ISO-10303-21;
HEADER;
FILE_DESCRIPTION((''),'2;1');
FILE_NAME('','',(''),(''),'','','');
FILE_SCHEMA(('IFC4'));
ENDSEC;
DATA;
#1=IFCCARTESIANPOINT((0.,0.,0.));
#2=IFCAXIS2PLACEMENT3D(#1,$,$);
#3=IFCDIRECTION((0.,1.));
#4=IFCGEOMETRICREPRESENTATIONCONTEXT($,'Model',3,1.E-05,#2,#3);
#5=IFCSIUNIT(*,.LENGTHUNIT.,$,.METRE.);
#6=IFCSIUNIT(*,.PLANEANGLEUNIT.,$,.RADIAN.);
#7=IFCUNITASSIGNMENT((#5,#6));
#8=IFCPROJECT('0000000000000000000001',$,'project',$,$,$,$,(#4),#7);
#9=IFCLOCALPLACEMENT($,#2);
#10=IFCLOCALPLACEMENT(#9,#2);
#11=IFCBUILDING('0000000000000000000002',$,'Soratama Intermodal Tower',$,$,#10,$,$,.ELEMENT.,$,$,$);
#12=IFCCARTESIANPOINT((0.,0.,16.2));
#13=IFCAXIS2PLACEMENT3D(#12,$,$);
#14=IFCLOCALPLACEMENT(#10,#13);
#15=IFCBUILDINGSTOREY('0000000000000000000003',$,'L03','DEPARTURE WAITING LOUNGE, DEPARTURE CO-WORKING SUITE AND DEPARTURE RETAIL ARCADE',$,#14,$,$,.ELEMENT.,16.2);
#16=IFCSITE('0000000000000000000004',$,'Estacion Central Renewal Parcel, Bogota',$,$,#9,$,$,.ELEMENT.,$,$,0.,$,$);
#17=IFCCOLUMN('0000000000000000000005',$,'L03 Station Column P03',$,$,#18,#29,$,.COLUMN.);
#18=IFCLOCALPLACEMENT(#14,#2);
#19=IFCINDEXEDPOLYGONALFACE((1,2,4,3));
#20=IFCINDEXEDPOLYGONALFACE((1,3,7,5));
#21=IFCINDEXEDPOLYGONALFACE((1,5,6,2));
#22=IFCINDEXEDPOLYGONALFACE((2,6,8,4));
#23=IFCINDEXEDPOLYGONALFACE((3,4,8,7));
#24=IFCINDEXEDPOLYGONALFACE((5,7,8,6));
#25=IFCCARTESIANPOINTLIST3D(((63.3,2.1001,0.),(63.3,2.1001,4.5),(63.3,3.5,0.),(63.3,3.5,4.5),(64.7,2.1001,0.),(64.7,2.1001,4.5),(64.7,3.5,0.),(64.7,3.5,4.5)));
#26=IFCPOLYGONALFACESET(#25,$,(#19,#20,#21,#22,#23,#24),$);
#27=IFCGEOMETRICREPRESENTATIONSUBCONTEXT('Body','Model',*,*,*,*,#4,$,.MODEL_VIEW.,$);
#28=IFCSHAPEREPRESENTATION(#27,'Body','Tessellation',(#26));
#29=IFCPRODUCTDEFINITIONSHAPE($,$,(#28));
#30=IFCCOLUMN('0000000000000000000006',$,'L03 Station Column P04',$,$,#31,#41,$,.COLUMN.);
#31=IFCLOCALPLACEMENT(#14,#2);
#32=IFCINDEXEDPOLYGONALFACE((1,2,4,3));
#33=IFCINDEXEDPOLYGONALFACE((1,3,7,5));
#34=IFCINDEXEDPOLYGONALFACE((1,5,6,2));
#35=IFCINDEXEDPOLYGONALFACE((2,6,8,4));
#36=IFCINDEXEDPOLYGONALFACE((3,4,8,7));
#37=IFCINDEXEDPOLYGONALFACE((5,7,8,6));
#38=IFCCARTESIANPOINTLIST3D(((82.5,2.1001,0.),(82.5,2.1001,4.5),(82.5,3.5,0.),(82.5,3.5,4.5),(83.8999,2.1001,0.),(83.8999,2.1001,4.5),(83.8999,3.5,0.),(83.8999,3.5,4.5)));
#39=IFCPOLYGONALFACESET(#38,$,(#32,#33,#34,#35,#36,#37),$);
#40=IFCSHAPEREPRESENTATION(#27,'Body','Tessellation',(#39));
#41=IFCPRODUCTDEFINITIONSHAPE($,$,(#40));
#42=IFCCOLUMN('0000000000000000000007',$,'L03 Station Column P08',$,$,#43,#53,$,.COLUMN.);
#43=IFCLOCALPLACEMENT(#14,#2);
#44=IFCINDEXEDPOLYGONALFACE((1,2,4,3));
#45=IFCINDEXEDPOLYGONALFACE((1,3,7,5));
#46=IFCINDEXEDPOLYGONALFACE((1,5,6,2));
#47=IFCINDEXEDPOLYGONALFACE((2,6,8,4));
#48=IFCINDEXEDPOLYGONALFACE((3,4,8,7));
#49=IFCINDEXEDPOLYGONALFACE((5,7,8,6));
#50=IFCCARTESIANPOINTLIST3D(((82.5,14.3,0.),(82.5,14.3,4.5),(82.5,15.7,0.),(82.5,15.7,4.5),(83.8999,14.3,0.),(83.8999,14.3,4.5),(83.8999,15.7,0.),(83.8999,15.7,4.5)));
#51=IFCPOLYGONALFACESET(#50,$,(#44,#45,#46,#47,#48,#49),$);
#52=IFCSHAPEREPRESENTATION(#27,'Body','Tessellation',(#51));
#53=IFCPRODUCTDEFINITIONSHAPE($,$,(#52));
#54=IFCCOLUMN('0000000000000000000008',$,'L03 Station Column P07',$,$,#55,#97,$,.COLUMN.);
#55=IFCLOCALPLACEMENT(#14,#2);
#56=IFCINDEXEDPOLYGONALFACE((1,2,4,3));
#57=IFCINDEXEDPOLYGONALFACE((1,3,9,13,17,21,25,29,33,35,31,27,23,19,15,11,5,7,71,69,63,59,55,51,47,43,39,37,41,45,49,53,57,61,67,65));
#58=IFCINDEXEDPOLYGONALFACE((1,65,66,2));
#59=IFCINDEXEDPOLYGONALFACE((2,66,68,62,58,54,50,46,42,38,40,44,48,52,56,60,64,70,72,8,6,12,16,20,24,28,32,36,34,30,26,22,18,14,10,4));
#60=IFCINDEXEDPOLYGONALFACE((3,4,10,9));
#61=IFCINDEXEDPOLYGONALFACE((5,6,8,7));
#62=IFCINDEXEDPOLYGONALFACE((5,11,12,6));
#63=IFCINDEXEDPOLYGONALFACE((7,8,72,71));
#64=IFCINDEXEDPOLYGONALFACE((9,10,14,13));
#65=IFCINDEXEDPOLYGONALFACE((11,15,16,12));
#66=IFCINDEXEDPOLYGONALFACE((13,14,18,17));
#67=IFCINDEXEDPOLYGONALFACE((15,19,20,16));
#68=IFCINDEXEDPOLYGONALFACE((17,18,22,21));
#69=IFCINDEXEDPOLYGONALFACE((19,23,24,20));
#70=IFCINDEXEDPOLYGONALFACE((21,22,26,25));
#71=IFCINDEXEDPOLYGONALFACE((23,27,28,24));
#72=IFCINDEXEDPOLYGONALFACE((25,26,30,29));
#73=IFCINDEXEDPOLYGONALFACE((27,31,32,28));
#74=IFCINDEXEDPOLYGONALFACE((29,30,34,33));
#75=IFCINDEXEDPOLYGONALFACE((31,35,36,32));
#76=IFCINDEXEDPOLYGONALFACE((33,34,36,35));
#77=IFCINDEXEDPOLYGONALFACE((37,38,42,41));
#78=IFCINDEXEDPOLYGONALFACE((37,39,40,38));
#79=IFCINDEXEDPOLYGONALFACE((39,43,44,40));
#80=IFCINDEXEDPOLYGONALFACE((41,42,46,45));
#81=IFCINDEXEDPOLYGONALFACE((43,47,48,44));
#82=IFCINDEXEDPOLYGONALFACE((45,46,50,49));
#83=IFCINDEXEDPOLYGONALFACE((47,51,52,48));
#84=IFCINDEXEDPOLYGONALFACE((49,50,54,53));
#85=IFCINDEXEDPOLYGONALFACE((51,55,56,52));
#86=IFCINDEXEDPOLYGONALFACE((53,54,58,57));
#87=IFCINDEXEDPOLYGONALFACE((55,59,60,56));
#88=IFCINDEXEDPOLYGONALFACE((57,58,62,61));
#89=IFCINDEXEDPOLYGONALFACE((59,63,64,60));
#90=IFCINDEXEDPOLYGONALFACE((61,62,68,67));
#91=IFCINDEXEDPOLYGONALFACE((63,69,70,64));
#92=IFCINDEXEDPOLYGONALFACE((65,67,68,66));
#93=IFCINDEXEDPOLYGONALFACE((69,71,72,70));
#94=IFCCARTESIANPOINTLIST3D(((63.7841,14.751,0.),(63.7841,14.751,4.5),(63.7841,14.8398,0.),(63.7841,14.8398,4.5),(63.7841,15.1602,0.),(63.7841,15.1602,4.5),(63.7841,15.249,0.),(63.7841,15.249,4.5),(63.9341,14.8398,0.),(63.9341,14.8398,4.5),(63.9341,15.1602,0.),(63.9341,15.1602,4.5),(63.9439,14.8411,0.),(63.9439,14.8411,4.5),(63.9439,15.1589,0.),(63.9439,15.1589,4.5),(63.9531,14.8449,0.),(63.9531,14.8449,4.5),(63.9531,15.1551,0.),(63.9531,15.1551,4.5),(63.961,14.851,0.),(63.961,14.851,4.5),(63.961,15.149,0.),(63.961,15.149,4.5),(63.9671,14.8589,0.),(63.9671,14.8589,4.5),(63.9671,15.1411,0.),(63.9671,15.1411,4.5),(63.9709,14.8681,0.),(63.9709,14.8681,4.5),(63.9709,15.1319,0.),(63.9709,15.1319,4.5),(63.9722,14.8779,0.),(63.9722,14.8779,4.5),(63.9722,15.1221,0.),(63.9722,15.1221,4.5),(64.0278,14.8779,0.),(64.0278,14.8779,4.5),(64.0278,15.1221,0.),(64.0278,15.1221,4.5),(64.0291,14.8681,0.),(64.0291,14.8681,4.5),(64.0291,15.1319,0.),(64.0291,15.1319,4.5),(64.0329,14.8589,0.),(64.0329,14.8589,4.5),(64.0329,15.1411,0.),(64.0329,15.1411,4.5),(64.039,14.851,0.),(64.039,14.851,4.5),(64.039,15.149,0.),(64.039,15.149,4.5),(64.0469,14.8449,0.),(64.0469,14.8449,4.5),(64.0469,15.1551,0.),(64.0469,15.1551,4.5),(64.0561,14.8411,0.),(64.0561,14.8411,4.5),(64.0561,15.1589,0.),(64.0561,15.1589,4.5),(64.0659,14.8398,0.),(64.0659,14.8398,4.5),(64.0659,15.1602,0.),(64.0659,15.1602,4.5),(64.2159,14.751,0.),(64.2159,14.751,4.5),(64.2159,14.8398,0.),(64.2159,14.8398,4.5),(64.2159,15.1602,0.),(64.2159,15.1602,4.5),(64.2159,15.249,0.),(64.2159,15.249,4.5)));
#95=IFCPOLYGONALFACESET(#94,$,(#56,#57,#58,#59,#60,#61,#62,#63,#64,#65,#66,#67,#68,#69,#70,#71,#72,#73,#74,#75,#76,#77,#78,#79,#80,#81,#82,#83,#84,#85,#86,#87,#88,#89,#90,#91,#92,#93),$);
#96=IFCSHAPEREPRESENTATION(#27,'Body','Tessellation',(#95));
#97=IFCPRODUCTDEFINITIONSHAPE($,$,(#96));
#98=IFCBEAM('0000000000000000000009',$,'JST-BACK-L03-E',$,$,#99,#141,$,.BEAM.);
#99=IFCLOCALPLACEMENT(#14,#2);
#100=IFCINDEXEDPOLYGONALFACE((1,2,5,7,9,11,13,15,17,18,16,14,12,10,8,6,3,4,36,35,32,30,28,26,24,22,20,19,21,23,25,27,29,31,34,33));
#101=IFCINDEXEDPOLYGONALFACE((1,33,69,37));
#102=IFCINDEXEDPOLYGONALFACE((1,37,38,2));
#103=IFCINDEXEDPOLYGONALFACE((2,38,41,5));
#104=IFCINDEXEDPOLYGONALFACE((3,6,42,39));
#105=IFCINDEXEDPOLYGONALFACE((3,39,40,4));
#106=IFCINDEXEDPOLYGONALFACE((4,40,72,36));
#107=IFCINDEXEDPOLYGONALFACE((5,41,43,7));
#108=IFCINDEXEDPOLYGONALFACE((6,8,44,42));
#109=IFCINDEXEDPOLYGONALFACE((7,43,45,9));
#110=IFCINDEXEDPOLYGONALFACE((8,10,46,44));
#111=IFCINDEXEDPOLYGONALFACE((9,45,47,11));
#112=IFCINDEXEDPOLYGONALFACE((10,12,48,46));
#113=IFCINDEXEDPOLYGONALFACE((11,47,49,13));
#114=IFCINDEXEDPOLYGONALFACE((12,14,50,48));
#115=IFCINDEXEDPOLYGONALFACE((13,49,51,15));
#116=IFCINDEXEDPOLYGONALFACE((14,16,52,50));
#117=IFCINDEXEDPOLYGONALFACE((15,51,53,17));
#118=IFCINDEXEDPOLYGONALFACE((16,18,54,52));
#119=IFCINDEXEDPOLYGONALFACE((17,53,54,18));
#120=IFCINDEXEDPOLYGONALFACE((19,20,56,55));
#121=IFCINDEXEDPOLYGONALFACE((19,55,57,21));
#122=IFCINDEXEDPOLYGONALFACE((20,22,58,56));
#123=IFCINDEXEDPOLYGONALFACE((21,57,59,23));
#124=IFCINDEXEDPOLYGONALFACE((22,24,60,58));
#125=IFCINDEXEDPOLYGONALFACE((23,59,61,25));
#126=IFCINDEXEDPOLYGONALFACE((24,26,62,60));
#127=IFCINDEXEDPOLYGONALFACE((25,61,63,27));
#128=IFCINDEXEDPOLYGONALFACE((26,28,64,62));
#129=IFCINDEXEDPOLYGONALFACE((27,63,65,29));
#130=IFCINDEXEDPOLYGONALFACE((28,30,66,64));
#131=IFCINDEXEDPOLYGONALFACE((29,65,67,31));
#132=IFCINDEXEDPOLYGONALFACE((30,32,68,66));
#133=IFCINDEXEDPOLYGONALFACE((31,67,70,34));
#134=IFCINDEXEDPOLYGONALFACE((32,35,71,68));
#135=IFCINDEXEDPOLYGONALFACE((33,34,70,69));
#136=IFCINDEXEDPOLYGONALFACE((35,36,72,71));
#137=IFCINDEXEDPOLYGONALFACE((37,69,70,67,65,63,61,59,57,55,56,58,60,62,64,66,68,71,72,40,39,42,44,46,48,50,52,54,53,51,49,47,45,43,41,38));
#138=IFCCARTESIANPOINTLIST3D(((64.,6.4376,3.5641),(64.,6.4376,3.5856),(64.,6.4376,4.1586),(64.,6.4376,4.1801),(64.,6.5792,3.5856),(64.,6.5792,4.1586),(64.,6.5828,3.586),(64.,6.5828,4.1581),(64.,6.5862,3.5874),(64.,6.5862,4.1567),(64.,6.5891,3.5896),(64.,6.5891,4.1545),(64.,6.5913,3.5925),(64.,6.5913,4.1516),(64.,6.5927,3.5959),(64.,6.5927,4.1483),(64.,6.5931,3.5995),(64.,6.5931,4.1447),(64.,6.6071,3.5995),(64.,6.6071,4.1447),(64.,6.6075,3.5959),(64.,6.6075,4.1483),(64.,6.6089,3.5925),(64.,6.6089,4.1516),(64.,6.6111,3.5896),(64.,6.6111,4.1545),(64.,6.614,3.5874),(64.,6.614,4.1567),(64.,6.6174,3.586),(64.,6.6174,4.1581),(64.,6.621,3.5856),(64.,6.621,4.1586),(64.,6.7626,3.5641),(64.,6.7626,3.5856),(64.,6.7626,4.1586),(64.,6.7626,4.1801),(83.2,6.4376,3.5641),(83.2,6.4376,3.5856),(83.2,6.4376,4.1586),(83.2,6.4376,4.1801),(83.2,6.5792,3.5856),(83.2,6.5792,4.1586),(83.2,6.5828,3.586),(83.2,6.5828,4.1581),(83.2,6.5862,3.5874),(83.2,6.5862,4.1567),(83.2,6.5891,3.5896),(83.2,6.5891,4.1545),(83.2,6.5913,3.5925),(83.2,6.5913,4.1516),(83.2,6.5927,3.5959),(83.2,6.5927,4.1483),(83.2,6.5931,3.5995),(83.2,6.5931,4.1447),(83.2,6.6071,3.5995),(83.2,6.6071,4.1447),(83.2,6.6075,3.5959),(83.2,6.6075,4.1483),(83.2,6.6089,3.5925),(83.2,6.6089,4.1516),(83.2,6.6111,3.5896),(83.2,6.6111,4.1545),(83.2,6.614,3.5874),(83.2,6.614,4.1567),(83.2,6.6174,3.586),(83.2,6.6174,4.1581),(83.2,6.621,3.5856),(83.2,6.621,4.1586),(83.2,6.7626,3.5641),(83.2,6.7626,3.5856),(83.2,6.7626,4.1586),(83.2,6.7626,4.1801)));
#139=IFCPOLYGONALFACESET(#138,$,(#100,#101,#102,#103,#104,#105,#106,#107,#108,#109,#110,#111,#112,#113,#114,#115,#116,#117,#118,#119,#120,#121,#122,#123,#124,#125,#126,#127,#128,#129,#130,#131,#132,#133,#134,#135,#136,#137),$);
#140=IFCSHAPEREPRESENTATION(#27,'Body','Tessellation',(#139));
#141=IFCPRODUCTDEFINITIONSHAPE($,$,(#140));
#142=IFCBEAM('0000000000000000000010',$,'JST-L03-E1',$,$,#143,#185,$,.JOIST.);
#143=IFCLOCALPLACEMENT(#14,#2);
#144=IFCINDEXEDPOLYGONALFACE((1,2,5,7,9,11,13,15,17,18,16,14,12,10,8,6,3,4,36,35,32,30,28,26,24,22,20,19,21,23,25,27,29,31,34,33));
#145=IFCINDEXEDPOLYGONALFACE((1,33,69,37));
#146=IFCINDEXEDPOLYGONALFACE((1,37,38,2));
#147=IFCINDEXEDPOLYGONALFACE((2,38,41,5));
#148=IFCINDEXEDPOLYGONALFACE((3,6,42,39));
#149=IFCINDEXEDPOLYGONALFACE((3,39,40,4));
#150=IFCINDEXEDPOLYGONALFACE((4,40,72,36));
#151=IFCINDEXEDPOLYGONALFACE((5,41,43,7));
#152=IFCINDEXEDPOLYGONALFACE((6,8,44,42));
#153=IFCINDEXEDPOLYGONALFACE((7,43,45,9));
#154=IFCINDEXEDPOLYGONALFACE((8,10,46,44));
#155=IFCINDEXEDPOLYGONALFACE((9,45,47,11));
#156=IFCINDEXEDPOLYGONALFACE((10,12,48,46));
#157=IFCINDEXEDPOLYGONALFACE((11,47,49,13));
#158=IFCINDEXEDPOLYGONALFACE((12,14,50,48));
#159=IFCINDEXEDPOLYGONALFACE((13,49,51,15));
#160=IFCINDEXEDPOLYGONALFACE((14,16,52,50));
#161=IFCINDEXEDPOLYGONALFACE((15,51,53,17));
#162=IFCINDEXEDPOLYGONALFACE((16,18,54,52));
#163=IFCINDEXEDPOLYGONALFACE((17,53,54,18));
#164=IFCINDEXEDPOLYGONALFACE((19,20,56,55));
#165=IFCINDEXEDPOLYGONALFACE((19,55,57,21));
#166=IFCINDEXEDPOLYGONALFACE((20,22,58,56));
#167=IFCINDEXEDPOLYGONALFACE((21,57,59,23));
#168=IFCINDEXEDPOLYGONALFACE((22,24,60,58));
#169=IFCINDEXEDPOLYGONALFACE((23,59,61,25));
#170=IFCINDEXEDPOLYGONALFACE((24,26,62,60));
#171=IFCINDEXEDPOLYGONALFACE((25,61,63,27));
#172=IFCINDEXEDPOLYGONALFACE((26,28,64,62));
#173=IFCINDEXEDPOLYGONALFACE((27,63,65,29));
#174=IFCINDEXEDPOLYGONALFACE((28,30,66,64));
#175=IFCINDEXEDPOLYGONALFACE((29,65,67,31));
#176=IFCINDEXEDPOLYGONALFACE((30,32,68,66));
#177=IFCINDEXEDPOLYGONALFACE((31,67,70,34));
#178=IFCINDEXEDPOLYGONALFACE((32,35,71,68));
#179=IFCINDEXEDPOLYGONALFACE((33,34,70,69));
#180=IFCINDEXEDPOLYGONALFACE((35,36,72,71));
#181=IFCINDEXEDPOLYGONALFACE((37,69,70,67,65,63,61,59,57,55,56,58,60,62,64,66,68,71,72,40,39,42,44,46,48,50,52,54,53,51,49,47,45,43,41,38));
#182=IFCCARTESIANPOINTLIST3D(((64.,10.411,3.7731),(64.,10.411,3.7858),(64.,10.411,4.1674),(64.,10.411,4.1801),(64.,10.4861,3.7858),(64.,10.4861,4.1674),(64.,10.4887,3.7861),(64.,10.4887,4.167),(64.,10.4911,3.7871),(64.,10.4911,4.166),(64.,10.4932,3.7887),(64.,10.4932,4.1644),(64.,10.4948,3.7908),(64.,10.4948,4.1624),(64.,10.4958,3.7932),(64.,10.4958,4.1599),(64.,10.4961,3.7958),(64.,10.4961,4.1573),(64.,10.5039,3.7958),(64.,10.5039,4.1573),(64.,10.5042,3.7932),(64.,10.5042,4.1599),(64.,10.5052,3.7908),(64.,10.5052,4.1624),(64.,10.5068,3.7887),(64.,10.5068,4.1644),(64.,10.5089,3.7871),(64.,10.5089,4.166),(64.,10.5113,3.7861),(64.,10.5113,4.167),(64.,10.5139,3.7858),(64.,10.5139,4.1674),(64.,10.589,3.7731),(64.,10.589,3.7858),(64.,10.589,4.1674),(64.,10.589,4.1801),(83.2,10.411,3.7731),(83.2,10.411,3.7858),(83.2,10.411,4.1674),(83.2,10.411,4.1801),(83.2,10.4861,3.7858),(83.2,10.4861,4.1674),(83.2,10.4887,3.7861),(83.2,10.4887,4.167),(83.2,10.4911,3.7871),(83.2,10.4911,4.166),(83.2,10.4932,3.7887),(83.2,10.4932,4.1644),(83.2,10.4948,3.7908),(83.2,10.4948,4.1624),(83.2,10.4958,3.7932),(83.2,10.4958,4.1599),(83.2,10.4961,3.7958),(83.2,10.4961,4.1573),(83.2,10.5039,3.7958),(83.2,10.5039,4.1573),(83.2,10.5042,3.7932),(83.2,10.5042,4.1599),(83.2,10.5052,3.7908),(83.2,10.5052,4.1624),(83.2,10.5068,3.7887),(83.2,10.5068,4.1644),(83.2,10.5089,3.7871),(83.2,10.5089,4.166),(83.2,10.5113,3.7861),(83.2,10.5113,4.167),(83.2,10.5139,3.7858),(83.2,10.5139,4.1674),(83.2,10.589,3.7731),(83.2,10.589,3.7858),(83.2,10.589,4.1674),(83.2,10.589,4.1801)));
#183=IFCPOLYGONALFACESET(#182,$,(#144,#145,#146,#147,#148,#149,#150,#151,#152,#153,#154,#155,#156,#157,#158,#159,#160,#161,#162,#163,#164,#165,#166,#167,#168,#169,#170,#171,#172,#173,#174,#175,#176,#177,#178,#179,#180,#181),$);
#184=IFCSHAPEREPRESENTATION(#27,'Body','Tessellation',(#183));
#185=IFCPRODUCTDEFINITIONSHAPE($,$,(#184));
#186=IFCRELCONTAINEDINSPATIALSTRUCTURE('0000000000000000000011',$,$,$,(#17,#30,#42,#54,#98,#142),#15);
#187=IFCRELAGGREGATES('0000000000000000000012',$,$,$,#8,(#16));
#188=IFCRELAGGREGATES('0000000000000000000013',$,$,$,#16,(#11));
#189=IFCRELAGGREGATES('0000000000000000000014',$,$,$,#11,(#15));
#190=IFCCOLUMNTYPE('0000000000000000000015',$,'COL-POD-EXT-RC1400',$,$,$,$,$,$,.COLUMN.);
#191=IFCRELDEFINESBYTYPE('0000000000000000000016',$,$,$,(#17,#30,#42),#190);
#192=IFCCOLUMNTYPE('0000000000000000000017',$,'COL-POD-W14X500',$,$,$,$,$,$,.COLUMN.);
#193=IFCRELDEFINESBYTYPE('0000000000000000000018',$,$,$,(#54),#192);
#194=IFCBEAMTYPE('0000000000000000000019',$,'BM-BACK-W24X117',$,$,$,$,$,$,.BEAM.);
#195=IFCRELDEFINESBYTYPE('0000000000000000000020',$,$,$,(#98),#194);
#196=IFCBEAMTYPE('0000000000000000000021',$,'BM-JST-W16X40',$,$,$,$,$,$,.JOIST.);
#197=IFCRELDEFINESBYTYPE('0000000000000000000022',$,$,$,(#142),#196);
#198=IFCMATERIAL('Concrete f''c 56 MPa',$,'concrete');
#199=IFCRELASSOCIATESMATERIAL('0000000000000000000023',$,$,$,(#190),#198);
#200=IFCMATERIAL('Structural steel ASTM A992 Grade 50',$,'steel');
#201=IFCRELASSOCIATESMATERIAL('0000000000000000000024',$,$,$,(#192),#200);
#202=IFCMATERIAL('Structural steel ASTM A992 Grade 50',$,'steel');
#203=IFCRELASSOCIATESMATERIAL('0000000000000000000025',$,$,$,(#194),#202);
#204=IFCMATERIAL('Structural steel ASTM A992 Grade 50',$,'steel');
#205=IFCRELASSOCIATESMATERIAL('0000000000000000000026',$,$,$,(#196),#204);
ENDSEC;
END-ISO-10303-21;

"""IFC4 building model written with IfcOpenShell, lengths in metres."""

from ifc_helpers import new_model, si_unit, direction, frame, origin, origin_2d, place, context, subcontext, project, spatial, rectangle, i_section, extrude, material, material_profile, profile_set, type_object, element, save


model = new_model("IFC4")

# Units and contexts
model_context = context("Model", 3, precision=1e-05, world=origin(), true_north=direction((0.0, 1.0)))
body_context = subcontext(model_context, "Body", "Model", "MODEL_VIEW")
ifc_project = project(units=[si_unit("LENGTHUNIT", "METRE"), si_unit("PLANEANGLEUNIT", "RADIAN")], contexts=[model_context])

# Site, building, storey
site_placement = place(None, origin())
site = spatial("IfcSite", under=ifc_project, at=site_placement, Name="Estacion Central Renewal Parcel, Bogota", CompositionType="ELEMENT", RefElevation=0.0)
building_placement = place(site_placement, origin())
building = spatial("IfcBuilding", under=site, at=building_placement, Name="Soratama Intermodal Tower", CompositionType="ELEMENT")
storey_placement = place(building_placement, frame((0.0, 0.0, 16.2)))
storey = spatial("IfcBuildingStorey", under=building, at=storey_placement, Name="L03", Description="DEPARTURE WAITING LOUNGE, DEPARTURE CO-WORKING SUITE AND DEPARTURE RETAIL ARCADE", CompositionType="ELEMENT", Elevation=16.2)

# Columns
ifc_material_1 = material(Name="Concrete f'c 56 MPa", Category="concrete")
ifc_material_profile_1 = material_profile(ifc_material_1, rectangle(XDim=1.3999, YDim=1.3999, at=origin_2d()), Name="RC1400X1400")
ifc_profile_set_1 = profile_set([ifc_material_profile_1], Name="Concrete f'c 56 MPa")
column_type_1 = type_object("IfcColumnType", Name="COL-POD-EXT-RC1400", PredefinedType="COLUMN", material=ifc_profile_set_1)
for number, where, z_axis, x_axis, name in (
    (1, (64.0, 2.8, 0.0), (0.0, 0.0, 1.0), (1.0, 0.0, 0.0), "L03 Station Column P03"),
    (2, (83.2, 2.8, 0.0), (0.0, 0.0, 1.0), (1.0, 0.0, 0.0), "L03 Station Column P04"),
    (3, (83.2, 15.0, 0.0), (0.0, 0.0, 1.0), (1.0, 0.0, 0.0), "L03 Station Column P08"),
):
    element("IfcColumn", number, at=place(storey_placement, frame(where, z_axis=z_axis, x_axis=x_axis)), inside=storey, type_object=column_type_1, Name=name, PredefinedType="COLUMN", context=body_context, shape_type="SweptSolid", body=[
        extrude(rectangle(XDim=1.3999, YDim=1.3999, at=origin_2d()), origin(), (0.0, 0.0, 1.0), 4.5),
    ])
ifc_material_2 = material(Name="Structural steel ASTM A992 Grade 50", Category="steel")
ifc_material_profile_2 = material_profile(ifc_material_2, i_section(OverallWidth=0.4319, OverallDepth=0.498, WebThickness=0.0557, FlangeThickness=0.0889, FilletRadius=0.0381, at=origin_2d()), Name="W14X500")
ifc_profile_set_2 = profile_set([ifc_material_profile_2], Name="Structural steel ASTM A992 Grade 50")
column_type_2 = type_object("IfcColumnType", Name="COL-POD-W14X500", PredefinedType="COLUMN", material=ifc_profile_set_2)
column_placement = place(storey_placement, frame((64.0, 15.0, 0.0), z_axis=(0.0, 0.0, 1.0), x_axis=(1.0, 0.0, 0.0)))
element("IfcColumn", 4, at=column_placement, inside=storey, type_object=column_type_2, Name="L03 Station Column P07", PredefinedType="COLUMN", context=body_context, shape_type="SweptSolid", body=[
    extrude(i_section(OverallWidth=0.4319, OverallDepth=0.498, WebThickness=0.0557, FlangeThickness=0.0889, FilletRadius=0.0381, at=origin_2d()), origin(), (0.0, 0.0, 1.0), 4.5),
])

# Beams
ifc_material_3 = material(Name="Structural steel ASTM A992 Grade 50", Category="steel")
ifc_material_profile_3 = material_profile(ifc_material_3, i_section(OverallWidth=0.325, OverallDepth=0.616, WebThickness=0.0139, FlangeThickness=0.0215, FilletRadius=0.0139, at=origin_2d()), Name="W24X117")
ifc_profile_set_3 = profile_set([ifc_material_profile_3], Name="Structural steel ASTM A992 Grade 50")
beam_type_1 = type_object("IfcBeamType", Name="BM-BACK-W24X117", PredefinedType="BEAM", material=ifc_profile_set_3)
beam_1_placement = place(storey_placement, frame((64.0, 6.6001, 3.8721), z_axis=(1.0, 0.0, 0.0), x_axis=(0.0, 1.0, 0.0)))
element("IfcBeam", 5, at=beam_1_placement, inside=storey, type_object=beam_type_1, Name="JST-BACK-L03-E", PredefinedType="BEAM", context=body_context, shape_type="SweptSolid", body=[
    extrude(i_section(OverallWidth=0.325, OverallDepth=0.616, WebThickness=0.0139, FlangeThickness=0.0215, FilletRadius=0.0139, at=origin_2d()), origin(), (0.0, 0.0, 1.0), 19.2),
])
ifc_material_4 = material(Name="Structural steel ASTM A992 Grade 50", Category="steel")
ifc_material_profile_4 = material_profile(ifc_material_4, i_section(OverallWidth=0.178, OverallDepth=0.407, WebThickness=0.0078, FlangeThickness=0.0127, FilletRadius=0.01, at=origin_2d()), Name="W16X40")
ifc_profile_set_4 = profile_set([ifc_material_profile_4], Name="Structural steel ASTM A992 Grade 50")
beam_type_2 = type_object("IfcBeamType", Name="BM-JST-W16X40", PredefinedType="JOIST", material=ifc_profile_set_4)
beam_2_placement = place(storey_placement, frame((64.0, 10.5, 3.9766), z_axis=(1.0, 0.0, 0.0), x_axis=(0.0, 1.0, 0.0)))
element("IfcBeam", 6, at=beam_2_placement, inside=storey, type_object=beam_type_2, Name="JST-L03-E1", PredefinedType="JOIST", context=body_context, shape_type="SweptSolid", body=[
    extrude(i_section(OverallWidth=0.178, OverallDepth=0.407, WebThickness=0.0078, FlangeThickness=0.0127, FilletRadius=0.01, at=origin_2d()), origin(), (0.0, 0.0, 1.0), 19.2),
])

save(model, "model.ifc")
